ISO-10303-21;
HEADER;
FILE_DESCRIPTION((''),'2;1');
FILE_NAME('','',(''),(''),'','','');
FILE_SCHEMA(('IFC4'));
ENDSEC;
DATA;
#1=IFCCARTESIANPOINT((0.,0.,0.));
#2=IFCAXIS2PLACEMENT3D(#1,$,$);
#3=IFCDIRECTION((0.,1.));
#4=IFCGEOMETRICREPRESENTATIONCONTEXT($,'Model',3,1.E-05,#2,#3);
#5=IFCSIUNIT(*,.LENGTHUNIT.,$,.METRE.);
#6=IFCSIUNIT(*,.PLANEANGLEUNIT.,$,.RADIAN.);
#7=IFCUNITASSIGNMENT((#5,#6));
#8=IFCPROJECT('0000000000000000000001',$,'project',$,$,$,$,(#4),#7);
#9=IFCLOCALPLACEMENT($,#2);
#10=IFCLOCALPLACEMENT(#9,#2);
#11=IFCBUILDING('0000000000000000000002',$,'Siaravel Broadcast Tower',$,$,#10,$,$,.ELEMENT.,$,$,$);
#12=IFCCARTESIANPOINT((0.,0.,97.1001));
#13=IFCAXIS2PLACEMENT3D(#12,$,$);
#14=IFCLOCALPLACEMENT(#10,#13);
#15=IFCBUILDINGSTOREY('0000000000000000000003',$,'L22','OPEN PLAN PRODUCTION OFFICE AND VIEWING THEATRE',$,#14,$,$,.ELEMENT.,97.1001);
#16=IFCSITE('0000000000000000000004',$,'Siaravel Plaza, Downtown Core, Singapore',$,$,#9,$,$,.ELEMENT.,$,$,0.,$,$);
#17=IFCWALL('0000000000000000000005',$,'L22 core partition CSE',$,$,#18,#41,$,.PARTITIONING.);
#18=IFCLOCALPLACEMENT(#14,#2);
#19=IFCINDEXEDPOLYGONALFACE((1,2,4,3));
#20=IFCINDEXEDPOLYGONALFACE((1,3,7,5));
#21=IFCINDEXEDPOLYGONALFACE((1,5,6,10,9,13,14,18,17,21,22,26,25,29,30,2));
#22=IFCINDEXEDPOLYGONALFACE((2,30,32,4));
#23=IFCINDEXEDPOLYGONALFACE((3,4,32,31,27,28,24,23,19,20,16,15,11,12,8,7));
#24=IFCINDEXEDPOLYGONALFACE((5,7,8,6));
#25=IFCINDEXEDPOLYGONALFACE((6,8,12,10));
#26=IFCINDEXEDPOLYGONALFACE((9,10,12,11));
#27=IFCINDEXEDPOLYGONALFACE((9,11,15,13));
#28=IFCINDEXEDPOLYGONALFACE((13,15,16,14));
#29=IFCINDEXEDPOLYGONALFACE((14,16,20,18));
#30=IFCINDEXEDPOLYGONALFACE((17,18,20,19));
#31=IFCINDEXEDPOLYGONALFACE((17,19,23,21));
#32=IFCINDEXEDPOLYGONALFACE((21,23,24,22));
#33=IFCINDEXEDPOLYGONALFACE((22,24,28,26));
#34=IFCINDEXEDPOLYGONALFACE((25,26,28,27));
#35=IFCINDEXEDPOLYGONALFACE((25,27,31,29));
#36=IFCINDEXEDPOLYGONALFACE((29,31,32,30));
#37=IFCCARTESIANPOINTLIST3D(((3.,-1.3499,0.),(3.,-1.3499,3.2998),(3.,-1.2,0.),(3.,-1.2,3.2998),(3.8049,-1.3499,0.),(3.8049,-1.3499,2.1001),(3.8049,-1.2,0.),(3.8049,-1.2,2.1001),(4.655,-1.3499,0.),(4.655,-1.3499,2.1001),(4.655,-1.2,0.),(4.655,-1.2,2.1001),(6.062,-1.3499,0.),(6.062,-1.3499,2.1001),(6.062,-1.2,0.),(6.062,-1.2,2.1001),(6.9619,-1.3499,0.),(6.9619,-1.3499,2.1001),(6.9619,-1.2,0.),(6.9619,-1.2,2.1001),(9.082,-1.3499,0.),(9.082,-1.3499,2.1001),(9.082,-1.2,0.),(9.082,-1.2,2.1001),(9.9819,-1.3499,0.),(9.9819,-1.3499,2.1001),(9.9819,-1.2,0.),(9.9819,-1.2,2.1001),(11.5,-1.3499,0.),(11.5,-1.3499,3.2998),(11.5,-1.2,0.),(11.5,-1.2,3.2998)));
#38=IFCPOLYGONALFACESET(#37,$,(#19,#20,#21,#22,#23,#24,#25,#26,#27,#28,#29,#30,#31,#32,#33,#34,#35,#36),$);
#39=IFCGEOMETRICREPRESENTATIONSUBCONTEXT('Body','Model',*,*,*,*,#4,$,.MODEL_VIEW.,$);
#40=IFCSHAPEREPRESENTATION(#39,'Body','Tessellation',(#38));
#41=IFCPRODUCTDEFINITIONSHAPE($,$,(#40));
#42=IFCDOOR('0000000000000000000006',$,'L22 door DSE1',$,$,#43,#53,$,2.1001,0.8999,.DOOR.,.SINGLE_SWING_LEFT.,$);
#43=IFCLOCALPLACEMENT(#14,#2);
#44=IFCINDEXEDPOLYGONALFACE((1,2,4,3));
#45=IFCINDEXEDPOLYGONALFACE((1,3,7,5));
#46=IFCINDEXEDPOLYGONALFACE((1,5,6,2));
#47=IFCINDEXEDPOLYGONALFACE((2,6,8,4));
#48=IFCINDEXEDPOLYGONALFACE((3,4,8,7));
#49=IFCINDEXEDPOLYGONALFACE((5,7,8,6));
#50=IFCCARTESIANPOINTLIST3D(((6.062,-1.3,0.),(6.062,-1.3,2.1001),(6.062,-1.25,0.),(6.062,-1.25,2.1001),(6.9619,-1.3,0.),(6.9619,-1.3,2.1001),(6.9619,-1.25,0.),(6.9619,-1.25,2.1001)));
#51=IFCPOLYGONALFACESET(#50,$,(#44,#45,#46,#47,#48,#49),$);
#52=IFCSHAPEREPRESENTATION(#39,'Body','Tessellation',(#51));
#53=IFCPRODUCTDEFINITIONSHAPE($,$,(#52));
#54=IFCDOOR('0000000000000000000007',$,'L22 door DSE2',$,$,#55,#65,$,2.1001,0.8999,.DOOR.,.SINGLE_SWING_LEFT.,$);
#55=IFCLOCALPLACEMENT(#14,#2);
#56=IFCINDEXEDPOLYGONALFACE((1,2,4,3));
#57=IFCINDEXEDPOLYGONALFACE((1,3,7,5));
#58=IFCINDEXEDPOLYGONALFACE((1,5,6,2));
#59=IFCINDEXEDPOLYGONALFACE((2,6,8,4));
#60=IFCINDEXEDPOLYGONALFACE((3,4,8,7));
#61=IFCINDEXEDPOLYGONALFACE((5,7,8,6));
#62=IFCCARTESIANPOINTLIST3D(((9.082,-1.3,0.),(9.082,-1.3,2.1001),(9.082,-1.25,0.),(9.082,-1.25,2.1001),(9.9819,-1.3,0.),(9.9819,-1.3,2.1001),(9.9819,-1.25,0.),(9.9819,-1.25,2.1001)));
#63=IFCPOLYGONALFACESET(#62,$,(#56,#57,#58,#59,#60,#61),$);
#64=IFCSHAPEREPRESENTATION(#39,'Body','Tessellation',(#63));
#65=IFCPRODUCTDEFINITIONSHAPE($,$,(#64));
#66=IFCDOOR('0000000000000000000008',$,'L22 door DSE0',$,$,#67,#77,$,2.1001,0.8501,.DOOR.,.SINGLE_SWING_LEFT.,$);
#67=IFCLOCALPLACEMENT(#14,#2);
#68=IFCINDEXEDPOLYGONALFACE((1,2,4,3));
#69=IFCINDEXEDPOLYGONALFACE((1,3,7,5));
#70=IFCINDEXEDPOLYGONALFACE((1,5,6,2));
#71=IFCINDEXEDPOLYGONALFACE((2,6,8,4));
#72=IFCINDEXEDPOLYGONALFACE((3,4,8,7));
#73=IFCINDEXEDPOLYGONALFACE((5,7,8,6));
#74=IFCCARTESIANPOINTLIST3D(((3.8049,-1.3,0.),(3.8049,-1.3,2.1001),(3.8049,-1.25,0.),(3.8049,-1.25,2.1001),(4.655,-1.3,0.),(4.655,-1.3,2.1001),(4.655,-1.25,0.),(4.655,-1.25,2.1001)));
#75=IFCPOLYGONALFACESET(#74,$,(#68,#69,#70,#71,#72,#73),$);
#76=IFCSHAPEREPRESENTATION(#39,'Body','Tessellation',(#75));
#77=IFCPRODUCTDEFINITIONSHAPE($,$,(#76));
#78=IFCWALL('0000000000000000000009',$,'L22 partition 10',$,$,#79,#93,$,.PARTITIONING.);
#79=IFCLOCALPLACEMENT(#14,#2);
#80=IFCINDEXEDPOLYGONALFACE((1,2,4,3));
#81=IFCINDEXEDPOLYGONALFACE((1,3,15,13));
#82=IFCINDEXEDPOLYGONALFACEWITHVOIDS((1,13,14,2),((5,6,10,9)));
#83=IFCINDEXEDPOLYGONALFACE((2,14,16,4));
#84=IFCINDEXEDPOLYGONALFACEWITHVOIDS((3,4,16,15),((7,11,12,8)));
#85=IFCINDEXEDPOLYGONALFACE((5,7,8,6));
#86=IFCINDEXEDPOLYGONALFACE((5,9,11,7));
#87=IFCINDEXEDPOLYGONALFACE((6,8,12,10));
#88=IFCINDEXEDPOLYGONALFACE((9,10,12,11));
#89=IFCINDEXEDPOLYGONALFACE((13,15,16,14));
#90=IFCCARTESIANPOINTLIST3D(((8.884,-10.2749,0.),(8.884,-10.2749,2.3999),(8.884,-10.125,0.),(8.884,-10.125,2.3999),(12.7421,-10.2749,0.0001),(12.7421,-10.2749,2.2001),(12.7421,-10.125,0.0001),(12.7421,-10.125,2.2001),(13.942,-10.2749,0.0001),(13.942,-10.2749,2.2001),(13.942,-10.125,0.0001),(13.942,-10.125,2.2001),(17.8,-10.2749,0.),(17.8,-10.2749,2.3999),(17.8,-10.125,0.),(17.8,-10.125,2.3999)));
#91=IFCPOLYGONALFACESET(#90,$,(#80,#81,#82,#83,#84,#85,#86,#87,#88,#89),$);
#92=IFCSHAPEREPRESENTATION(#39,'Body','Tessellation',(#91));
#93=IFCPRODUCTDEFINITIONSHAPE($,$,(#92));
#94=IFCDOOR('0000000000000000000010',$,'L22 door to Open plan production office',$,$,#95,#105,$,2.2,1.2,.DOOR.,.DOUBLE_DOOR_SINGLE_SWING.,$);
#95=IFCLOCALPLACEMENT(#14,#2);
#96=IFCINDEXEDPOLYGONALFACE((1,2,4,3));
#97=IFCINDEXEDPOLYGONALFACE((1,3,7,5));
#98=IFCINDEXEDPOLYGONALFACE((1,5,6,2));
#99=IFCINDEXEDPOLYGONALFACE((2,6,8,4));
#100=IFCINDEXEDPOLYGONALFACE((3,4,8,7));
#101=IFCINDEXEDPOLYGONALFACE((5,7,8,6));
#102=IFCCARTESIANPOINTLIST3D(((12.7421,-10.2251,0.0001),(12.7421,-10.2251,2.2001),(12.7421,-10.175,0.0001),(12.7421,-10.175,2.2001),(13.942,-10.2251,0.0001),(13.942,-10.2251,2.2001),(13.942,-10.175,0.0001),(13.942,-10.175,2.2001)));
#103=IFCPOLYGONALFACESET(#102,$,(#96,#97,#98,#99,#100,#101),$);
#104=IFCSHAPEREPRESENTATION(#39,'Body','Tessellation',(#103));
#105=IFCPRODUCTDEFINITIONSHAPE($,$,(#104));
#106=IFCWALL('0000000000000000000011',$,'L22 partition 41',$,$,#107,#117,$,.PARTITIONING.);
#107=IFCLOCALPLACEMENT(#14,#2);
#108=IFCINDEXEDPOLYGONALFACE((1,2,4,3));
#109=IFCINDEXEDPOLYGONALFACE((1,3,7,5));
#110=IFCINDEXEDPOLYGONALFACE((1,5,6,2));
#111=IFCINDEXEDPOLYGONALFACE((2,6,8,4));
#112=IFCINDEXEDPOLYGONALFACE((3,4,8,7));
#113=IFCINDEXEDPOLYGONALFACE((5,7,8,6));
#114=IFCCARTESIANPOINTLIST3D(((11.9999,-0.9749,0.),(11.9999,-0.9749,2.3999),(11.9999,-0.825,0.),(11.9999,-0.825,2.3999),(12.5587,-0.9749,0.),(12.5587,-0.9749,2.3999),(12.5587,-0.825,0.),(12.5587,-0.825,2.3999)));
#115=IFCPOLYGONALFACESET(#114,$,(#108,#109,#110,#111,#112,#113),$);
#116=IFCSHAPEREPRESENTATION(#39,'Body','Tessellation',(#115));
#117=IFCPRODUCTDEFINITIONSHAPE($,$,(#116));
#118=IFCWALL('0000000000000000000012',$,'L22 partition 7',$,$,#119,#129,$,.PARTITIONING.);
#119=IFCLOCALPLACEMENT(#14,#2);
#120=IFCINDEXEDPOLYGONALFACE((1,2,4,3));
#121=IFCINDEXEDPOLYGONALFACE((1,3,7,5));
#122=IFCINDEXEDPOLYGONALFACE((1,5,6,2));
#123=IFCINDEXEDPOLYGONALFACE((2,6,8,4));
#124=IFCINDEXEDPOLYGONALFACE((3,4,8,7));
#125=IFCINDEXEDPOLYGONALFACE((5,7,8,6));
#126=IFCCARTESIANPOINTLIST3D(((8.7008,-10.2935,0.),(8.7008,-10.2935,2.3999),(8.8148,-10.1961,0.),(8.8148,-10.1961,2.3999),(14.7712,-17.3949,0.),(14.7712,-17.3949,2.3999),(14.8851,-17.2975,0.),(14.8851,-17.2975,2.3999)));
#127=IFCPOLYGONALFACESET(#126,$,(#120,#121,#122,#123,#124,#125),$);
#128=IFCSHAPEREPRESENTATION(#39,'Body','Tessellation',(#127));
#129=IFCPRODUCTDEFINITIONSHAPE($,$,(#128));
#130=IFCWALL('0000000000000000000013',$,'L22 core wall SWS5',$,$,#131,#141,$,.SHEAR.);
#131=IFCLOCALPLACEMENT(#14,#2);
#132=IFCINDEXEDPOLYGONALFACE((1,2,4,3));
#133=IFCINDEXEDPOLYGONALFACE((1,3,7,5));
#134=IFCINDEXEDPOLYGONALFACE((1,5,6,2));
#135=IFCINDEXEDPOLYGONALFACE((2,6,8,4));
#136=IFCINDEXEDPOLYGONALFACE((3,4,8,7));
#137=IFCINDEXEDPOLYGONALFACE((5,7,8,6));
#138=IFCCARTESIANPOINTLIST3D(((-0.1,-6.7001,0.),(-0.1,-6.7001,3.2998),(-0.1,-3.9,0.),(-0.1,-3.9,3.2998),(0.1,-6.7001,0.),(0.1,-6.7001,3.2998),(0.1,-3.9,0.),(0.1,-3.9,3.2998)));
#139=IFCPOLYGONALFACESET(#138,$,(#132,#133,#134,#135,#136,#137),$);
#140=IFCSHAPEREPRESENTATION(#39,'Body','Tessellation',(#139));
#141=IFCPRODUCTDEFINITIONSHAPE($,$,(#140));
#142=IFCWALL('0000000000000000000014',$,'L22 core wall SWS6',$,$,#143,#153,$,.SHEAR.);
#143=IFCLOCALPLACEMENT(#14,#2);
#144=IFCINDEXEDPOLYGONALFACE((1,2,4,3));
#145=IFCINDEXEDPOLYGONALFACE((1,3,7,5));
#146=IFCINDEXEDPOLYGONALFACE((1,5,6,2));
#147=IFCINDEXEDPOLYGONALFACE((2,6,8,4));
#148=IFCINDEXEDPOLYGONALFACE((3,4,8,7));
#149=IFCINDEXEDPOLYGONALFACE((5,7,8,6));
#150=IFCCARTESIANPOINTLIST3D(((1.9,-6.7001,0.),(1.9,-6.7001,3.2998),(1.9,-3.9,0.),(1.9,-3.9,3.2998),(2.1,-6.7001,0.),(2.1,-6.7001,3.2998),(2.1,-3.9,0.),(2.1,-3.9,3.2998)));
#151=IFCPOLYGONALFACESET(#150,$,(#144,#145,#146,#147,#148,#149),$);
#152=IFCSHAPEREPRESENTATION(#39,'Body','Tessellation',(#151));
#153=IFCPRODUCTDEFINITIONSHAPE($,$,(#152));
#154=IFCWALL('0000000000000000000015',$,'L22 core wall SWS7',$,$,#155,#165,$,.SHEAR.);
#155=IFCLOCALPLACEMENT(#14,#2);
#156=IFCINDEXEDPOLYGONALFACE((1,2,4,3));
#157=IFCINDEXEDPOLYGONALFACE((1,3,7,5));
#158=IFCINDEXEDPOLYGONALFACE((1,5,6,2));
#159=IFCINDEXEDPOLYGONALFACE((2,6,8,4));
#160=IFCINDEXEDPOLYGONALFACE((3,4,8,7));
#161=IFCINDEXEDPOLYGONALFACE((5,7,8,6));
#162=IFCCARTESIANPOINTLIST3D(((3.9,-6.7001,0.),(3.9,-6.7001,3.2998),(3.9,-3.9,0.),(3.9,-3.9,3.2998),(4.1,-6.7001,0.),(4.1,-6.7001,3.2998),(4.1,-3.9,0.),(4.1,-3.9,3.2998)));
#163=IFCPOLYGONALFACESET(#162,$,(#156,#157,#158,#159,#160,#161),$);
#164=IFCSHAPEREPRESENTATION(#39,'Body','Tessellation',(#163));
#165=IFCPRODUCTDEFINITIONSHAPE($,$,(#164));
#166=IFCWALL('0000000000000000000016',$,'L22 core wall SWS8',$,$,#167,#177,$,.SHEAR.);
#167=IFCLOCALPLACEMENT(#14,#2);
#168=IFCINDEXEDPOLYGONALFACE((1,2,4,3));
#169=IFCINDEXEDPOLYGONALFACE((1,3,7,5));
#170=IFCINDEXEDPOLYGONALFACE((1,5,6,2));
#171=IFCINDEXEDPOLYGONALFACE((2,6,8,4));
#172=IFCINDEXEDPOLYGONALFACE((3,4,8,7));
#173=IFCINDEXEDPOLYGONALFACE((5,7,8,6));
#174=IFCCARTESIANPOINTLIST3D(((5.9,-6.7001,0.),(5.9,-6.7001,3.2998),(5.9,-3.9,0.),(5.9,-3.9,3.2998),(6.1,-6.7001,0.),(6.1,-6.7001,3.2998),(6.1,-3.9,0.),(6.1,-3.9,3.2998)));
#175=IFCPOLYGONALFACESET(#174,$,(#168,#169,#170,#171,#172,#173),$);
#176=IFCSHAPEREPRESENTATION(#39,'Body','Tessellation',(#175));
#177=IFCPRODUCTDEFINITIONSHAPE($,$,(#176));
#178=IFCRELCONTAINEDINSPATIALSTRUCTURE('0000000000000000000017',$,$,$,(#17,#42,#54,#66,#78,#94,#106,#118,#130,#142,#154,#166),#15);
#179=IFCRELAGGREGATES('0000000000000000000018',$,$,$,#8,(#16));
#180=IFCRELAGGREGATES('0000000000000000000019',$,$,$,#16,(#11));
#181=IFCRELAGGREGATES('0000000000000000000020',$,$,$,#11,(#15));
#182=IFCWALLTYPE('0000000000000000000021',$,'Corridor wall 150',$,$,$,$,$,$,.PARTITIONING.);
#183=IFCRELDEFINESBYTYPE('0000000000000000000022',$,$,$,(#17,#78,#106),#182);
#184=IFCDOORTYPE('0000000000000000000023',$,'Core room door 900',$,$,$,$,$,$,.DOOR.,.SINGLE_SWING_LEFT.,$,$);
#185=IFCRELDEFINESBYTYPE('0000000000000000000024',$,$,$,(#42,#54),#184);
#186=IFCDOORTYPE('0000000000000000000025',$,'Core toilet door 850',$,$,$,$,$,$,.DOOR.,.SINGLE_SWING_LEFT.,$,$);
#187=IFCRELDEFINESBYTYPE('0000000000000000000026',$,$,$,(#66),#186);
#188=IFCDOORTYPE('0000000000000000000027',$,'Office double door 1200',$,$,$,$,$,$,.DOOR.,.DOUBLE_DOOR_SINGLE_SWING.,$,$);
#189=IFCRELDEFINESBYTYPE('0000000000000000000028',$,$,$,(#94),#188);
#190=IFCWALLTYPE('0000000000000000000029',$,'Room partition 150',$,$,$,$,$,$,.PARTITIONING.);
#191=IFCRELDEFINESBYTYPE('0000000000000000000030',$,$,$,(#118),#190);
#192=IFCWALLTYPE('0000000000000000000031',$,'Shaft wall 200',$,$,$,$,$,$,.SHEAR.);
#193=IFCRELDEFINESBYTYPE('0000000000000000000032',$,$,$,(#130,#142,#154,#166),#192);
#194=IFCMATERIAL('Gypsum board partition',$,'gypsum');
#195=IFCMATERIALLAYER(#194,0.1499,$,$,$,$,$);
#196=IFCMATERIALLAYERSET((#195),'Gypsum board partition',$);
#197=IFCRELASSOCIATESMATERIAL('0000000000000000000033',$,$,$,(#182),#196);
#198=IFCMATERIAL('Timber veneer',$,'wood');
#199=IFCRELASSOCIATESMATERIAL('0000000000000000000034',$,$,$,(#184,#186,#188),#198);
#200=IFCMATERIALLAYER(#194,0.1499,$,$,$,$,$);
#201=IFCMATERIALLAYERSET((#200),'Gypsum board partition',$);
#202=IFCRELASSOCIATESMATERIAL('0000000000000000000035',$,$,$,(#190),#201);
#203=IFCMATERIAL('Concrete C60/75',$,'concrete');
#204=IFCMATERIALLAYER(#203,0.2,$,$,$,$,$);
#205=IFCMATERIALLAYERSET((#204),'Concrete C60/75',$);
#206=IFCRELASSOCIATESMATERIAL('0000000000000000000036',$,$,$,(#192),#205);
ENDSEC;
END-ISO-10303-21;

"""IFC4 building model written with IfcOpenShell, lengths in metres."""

from ifc_helpers import new_model, si_unit, direction, frame, frame_2d, origin, place, context, subcontext, project, spatial, rectangle, extrude, material, layer, layer_set, type_object, element, fill, save


model = new_model("IFC4")

# Units and contexts
model_context = context("Model", 3, precision=1e-05, world=origin(), true_north=direction((0.0, 1.0)))
body_context = subcontext(model_context, "Body", "Model", "MODEL_VIEW")
ifc_project = project(units=[si_unit("LENGTHUNIT", "METRE"), si_unit("PLANEANGLEUNIT", "RADIAN")], contexts=[model_context])

# Site, building, storey
site_placement = place(None, origin())
site = spatial("IfcSite", under=ifc_project, at=site_placement, Name="Siaravel Plaza, Downtown Core, Singapore", CompositionType="ELEMENT", RefElevation=0.0)
building_placement = place(site_placement, origin())
building = spatial("IfcBuilding", under=site, at=building_placement, Name="Siaravel Broadcast Tower", CompositionType="ELEMENT")
storey_placement = place(building_placement, frame((0.0, 0.0, 97.1001)))
storey = spatial("IfcBuildingStorey", under=building, at=storey_placement, Name="L22", Description="OPEN PLAN PRODUCTION OFFICE AND VIEWING THEATRE", CompositionType="ELEMENT", Elevation=97.1001)

# Shared definitions
ifc_material_1 = material(Name="Concrete C60/75", Category="concrete")

# Wall, openings, doors
ifc_material_2 = material(Name="Gypsum board partition", Category="gypsum")
ifc_layer_1 = layer(ifc_material_2, 0.1499)
ifc_layer_set_1 = layer_set([ifc_layer_1], Name="Gypsum board partition")
wall_type_1 = type_object("IfcWallType", Name="Corridor wall 150", PredefinedType="PARTITIONING", material=ifc_layer_set_1)
wall_1_placement = place(storey_placement, frame((3.0, -1.2749, 0.0), z_axis=(0.0, 0.0, 1.0), x_axis=(1.0, 0.0, 0.0)))
wall_1 = element("IfcWall", 1, at=wall_1_placement, inside=storey, type_object=wall_type_1, Name="L22 core partition CSE", PredefinedType="PARTITIONING", context=body_context, shape_type="SweptSolid", body=[
    extrude(rectangle(XDim=8.5, YDim=0.1499, at=frame_2d((4.25, 0.0))), origin(), (0.0, 0.0, 1.0), 3.2998),
])
opening_1_placement = place(wall_1_placement, frame((0.8049, 0.0, 0.0)))
opening_1 = element("IfcOpeningElement", 2, at=opening_1_placement, cuts=wall_1, PredefinedType="OPENING", context=body_context, shape_type="SweptSolid", body=[
    extrude(rectangle(XDim=0.8501, YDim=2.1001, at=frame_2d((0.425, 1.05))), frame((0.0, 0.085, 0.0), z_axis=(0.0, -1.0, 0.0), x_axis=(1.0, 0.0, 0.0)), (0.0, 0.0, 1.0), 0.1699),
])
opening_2_placement = place(wall_1_placement, frame((3.062, 0.0, 0.0)))
opening_2 = element("IfcOpeningElement", 3, at=opening_2_placement, cuts=wall_1, PredefinedType="OPENING", context=body_context, shape_type="SweptSolid", body=[
    extrude(rectangle(XDim=0.8999, YDim=2.1001, at=frame_2d((0.45, 1.05))), frame((0.0, 0.085, 0.0), z_axis=(0.0, -1.0, 0.0), x_axis=(1.0, 0.0, 0.0)), (0.0, 0.0, 1.0), 0.1699),
])
opening_3_placement = place(wall_1_placement, frame((6.082, 0.0, 0.0)))
opening_3 = element("IfcOpeningElement", 4, at=opening_3_placement, cuts=wall_1, PredefinedType="OPENING", context=body_context, shape_type="SweptSolid", body=[
    extrude(rectangle(XDim=0.8999, YDim=2.1001, at=frame_2d((0.45, 1.05))), frame((0.0, 0.085, 0.0), z_axis=(0.0, -1.0, 0.0), x_axis=(1.0, 0.0, 0.0)), (0.0, 0.0, 1.0), 0.1699),
])
ifc_material_3 = material(Name="Timber veneer", Category="wood")
door_type_1 = type_object("IfcDoorType", Name="Core room door 900", OperationType="SINGLE_SWING_LEFT", PredefinedType="DOOR", material=ifc_material_3)
door_1_placement = place(opening_2_placement, origin())
door_1 = element("IfcDoor", 5, at=door_1_placement, inside=storey, type_object=door_type_1, Name="L22 door DSE1", OperationType="SINGLE_SWING_LEFT", OverallHeight=2.1001, OverallWidth=0.8999, PredefinedType="DOOR", context=body_context, shape_type="SweptSolid", body=[
    extrude(rectangle(XDim=0.8999, YDim=2.1001, at=frame_2d((0.45, 1.05))), frame((0.0, 0.0249, 0.0), z_axis=(0.0, -1.0, 0.0), x_axis=(1.0, 0.0, 0.0)), (0.0, 0.0, 1.0), 0.05),
])
fill(opening_2, door_1)
door_2_placement = place(opening_3_placement, origin())
door_2 = element("IfcDoor", 6, at=door_2_placement, inside=storey, type_object=door_type_1, Name="L22 door DSE2", OperationType="SINGLE_SWING_LEFT", OverallHeight=2.1001, OverallWidth=0.8999, PredefinedType="DOOR", context=body_context, shape_type="SweptSolid", body=[
    extrude(rectangle(XDim=0.8999, YDim=2.1001, at=frame_2d((0.45, 1.05))), frame((0.0, 0.0249, 0.0), z_axis=(0.0, -1.0, 0.0), x_axis=(1.0, 0.0, 0.0)), (0.0, 0.0, 1.0), 0.05),
])
fill(opening_3, door_2)
door_type_2 = type_object("IfcDoorType", Name="Core toilet door 850", OperationType="SINGLE_SWING_LEFT", PredefinedType="DOOR", material=ifc_material_3)
door_3_placement = place(opening_1_placement, origin())
door_3 = element("IfcDoor", 7, at=door_3_placement, inside=storey, type_object=door_type_2, Name="L22 door DSE0", OperationType="SINGLE_SWING_LEFT", OverallHeight=2.1001, OverallWidth=0.8501, PredefinedType="DOOR", context=body_context, shape_type="SweptSolid", body=[
    extrude(rectangle(XDim=0.8501, YDim=2.1001, at=frame_2d((0.425, 1.05))), frame((0.0, 0.0249, 0.0), z_axis=(0.0, -1.0, 0.0), x_axis=(1.0, 0.0, 0.0)), (0.0, 0.0, 1.0), 0.05),
])
fill(opening_1, door_3)

# Wall, opening, door
wall_2_placement = place(storey_placement, frame((8.884, -10.2, 0.0), z_axis=(0.0, 0.0, 1.0), x_axis=(1.0, 0.0, 0.0)))
wall_2 = element("IfcWall", 8, at=wall_2_placement, inside=storey, type_object=wall_type_1, Name="L22 partition 10", PredefinedType="PARTITIONING", context=body_context, shape_type="SweptSolid", body=[
    extrude(rectangle(XDim=8.916, YDim=0.1499, at=frame_2d((4.458, 0.0))), origin(), (0.0, 0.0, 1.0), 2.3999),
])
opening_4_placement = place(wall_2_placement, frame((3.8579, 0.0, 0.0)))
opening_4 = element("IfcOpeningElement", 9, at=opening_4_placement, cuts=wall_2, PredefinedType="OPENING", context=body_context, shape_type="SweptSolid", body=[
    extrude(rectangle(XDim=1.2, YDim=2.2, at=frame_2d((0.6001, 1.1001))), frame((0.0, 0.085, 0.0), z_axis=(0.0, -1.0, 0.0), x_axis=(1.0, 0.0, 0.0)), (0.0, 0.0, 1.0), 0.1699),
])
door_type_3 = type_object("IfcDoorType", Name="Office double door 1200", OperationType="DOUBLE_DOOR_SINGLE_SWING", PredefinedType="DOOR", material=ifc_material_3)
door_4_placement = place(opening_4_placement, origin())
door_4 = element("IfcDoor", 10, at=door_4_placement, inside=storey, type_object=door_type_3, Name="L22 door to Open plan production office", OperationType="DOUBLE_DOOR_SINGLE_SWING", OverallHeight=2.2, OverallWidth=1.2, PredefinedType="DOOR", context=body_context, shape_type="SweptSolid", body=[
    extrude(rectangle(XDim=1.2, YDim=2.2, at=frame_2d((0.6001, 1.1001))), frame((0.0, 0.0249, 0.0), z_axis=(0.0, -1.0, 0.0), x_axis=(1.0, 0.0, 0.0)), (0.0, 0.0, 1.0), 0.05),
])
fill(opening_4, door_4)

# Walls
wall_3_placement = place(storey_placement, frame((12.0, -0.8999, 0.0), z_axis=(0.0, 0.0, 1.0), x_axis=(1.0, 0.0, 0.0)))
element("IfcWall", 11, at=wall_3_placement, inside=storey, type_object=wall_type_1, Name="L22 partition 41", PredefinedType="PARTITIONING", context=body_context, shape_type="SweptSolid", body=[
    extrude(rectangle(XDim=0.5588, YDim=0.1499, at=frame_2d((0.2793, 0.0))), origin(), (0.0, 0.0, 1.0), 2.3999),
])
ifc_layer_2 = layer(ifc_material_2, 0.1499)
ifc_layer_set_2 = layer_set([ifc_layer_2], Name="Gypsum board partition")
wall_type_2 = type_object("IfcWallType", Name="Room partition 150", PredefinedType="PARTITIONING", material=ifc_layer_set_2)
wall_4_placement = place(storey_placement, frame((14.8281, -17.3462, 0.0), z_axis=(0.0, 0.0, 1.0), x_axis=(-0.649771, 0.76013, 0.0)))
element("IfcWall", 12, at=wall_4_placement, inside=storey, type_object=wall_type_2, Name="L22 partition 7", PredefinedType="PARTITIONING", context=body_context, shape_type="SweptSolid", body=[
    extrude(rectangle(XDim=9.3423, YDim=0.1499, at=frame_2d((4.6711, 0.0))), origin(), (0.0, 0.0, 1.0), 2.3999),
])
ifc_layer_3 = layer(ifc_material_1, 0.2)
ifc_layer_set_3 = layer_set([ifc_layer_3], Name="Concrete C60/75")
wall_type_3 = type_object("IfcWallType", Name="Shaft wall 200", PredefinedType="SHEAR", material=ifc_layer_set_3)
for number, where, z_axis, x_axis, name in (
    (13, (0.0, -6.7, 0.0), (0.0, 0.0, 1.0), (0.0, 1.0, 0.0), "L22 core wall SWS5"),
    (14, (2.0, -6.7, 0.0), (0.0, 0.0, 1.0), (0.0, 1.0, 0.0), "L22 core wall SWS6"),
    (15, (4.0, -6.7, 0.0), (0.0, 0.0, 1.0), (0.0, 1.0, 0.0), "L22 core wall SWS7"),
    (16, (6.0, -6.7, 0.0), (0.0, 0.0, 1.0), (0.0, 1.0, 0.0), "L22 core wall SWS8"),
):
    element("IfcWall", number, at=place(storey_placement, frame(where, z_axis=z_axis, x_axis=x_axis)), inside=storey, type_object=wall_type_3, Name=name, PredefinedType="SHEAR", context=body_context, shape_type="SweptSolid", body=[
        extrude(rectangle(XDim=2.8, YDim=0.2, at=frame_2d((1.3999, 0.0))), origin(), (0.0, 0.0, 1.0), 3.2998),
    ])

save(model, "model.ifc")
